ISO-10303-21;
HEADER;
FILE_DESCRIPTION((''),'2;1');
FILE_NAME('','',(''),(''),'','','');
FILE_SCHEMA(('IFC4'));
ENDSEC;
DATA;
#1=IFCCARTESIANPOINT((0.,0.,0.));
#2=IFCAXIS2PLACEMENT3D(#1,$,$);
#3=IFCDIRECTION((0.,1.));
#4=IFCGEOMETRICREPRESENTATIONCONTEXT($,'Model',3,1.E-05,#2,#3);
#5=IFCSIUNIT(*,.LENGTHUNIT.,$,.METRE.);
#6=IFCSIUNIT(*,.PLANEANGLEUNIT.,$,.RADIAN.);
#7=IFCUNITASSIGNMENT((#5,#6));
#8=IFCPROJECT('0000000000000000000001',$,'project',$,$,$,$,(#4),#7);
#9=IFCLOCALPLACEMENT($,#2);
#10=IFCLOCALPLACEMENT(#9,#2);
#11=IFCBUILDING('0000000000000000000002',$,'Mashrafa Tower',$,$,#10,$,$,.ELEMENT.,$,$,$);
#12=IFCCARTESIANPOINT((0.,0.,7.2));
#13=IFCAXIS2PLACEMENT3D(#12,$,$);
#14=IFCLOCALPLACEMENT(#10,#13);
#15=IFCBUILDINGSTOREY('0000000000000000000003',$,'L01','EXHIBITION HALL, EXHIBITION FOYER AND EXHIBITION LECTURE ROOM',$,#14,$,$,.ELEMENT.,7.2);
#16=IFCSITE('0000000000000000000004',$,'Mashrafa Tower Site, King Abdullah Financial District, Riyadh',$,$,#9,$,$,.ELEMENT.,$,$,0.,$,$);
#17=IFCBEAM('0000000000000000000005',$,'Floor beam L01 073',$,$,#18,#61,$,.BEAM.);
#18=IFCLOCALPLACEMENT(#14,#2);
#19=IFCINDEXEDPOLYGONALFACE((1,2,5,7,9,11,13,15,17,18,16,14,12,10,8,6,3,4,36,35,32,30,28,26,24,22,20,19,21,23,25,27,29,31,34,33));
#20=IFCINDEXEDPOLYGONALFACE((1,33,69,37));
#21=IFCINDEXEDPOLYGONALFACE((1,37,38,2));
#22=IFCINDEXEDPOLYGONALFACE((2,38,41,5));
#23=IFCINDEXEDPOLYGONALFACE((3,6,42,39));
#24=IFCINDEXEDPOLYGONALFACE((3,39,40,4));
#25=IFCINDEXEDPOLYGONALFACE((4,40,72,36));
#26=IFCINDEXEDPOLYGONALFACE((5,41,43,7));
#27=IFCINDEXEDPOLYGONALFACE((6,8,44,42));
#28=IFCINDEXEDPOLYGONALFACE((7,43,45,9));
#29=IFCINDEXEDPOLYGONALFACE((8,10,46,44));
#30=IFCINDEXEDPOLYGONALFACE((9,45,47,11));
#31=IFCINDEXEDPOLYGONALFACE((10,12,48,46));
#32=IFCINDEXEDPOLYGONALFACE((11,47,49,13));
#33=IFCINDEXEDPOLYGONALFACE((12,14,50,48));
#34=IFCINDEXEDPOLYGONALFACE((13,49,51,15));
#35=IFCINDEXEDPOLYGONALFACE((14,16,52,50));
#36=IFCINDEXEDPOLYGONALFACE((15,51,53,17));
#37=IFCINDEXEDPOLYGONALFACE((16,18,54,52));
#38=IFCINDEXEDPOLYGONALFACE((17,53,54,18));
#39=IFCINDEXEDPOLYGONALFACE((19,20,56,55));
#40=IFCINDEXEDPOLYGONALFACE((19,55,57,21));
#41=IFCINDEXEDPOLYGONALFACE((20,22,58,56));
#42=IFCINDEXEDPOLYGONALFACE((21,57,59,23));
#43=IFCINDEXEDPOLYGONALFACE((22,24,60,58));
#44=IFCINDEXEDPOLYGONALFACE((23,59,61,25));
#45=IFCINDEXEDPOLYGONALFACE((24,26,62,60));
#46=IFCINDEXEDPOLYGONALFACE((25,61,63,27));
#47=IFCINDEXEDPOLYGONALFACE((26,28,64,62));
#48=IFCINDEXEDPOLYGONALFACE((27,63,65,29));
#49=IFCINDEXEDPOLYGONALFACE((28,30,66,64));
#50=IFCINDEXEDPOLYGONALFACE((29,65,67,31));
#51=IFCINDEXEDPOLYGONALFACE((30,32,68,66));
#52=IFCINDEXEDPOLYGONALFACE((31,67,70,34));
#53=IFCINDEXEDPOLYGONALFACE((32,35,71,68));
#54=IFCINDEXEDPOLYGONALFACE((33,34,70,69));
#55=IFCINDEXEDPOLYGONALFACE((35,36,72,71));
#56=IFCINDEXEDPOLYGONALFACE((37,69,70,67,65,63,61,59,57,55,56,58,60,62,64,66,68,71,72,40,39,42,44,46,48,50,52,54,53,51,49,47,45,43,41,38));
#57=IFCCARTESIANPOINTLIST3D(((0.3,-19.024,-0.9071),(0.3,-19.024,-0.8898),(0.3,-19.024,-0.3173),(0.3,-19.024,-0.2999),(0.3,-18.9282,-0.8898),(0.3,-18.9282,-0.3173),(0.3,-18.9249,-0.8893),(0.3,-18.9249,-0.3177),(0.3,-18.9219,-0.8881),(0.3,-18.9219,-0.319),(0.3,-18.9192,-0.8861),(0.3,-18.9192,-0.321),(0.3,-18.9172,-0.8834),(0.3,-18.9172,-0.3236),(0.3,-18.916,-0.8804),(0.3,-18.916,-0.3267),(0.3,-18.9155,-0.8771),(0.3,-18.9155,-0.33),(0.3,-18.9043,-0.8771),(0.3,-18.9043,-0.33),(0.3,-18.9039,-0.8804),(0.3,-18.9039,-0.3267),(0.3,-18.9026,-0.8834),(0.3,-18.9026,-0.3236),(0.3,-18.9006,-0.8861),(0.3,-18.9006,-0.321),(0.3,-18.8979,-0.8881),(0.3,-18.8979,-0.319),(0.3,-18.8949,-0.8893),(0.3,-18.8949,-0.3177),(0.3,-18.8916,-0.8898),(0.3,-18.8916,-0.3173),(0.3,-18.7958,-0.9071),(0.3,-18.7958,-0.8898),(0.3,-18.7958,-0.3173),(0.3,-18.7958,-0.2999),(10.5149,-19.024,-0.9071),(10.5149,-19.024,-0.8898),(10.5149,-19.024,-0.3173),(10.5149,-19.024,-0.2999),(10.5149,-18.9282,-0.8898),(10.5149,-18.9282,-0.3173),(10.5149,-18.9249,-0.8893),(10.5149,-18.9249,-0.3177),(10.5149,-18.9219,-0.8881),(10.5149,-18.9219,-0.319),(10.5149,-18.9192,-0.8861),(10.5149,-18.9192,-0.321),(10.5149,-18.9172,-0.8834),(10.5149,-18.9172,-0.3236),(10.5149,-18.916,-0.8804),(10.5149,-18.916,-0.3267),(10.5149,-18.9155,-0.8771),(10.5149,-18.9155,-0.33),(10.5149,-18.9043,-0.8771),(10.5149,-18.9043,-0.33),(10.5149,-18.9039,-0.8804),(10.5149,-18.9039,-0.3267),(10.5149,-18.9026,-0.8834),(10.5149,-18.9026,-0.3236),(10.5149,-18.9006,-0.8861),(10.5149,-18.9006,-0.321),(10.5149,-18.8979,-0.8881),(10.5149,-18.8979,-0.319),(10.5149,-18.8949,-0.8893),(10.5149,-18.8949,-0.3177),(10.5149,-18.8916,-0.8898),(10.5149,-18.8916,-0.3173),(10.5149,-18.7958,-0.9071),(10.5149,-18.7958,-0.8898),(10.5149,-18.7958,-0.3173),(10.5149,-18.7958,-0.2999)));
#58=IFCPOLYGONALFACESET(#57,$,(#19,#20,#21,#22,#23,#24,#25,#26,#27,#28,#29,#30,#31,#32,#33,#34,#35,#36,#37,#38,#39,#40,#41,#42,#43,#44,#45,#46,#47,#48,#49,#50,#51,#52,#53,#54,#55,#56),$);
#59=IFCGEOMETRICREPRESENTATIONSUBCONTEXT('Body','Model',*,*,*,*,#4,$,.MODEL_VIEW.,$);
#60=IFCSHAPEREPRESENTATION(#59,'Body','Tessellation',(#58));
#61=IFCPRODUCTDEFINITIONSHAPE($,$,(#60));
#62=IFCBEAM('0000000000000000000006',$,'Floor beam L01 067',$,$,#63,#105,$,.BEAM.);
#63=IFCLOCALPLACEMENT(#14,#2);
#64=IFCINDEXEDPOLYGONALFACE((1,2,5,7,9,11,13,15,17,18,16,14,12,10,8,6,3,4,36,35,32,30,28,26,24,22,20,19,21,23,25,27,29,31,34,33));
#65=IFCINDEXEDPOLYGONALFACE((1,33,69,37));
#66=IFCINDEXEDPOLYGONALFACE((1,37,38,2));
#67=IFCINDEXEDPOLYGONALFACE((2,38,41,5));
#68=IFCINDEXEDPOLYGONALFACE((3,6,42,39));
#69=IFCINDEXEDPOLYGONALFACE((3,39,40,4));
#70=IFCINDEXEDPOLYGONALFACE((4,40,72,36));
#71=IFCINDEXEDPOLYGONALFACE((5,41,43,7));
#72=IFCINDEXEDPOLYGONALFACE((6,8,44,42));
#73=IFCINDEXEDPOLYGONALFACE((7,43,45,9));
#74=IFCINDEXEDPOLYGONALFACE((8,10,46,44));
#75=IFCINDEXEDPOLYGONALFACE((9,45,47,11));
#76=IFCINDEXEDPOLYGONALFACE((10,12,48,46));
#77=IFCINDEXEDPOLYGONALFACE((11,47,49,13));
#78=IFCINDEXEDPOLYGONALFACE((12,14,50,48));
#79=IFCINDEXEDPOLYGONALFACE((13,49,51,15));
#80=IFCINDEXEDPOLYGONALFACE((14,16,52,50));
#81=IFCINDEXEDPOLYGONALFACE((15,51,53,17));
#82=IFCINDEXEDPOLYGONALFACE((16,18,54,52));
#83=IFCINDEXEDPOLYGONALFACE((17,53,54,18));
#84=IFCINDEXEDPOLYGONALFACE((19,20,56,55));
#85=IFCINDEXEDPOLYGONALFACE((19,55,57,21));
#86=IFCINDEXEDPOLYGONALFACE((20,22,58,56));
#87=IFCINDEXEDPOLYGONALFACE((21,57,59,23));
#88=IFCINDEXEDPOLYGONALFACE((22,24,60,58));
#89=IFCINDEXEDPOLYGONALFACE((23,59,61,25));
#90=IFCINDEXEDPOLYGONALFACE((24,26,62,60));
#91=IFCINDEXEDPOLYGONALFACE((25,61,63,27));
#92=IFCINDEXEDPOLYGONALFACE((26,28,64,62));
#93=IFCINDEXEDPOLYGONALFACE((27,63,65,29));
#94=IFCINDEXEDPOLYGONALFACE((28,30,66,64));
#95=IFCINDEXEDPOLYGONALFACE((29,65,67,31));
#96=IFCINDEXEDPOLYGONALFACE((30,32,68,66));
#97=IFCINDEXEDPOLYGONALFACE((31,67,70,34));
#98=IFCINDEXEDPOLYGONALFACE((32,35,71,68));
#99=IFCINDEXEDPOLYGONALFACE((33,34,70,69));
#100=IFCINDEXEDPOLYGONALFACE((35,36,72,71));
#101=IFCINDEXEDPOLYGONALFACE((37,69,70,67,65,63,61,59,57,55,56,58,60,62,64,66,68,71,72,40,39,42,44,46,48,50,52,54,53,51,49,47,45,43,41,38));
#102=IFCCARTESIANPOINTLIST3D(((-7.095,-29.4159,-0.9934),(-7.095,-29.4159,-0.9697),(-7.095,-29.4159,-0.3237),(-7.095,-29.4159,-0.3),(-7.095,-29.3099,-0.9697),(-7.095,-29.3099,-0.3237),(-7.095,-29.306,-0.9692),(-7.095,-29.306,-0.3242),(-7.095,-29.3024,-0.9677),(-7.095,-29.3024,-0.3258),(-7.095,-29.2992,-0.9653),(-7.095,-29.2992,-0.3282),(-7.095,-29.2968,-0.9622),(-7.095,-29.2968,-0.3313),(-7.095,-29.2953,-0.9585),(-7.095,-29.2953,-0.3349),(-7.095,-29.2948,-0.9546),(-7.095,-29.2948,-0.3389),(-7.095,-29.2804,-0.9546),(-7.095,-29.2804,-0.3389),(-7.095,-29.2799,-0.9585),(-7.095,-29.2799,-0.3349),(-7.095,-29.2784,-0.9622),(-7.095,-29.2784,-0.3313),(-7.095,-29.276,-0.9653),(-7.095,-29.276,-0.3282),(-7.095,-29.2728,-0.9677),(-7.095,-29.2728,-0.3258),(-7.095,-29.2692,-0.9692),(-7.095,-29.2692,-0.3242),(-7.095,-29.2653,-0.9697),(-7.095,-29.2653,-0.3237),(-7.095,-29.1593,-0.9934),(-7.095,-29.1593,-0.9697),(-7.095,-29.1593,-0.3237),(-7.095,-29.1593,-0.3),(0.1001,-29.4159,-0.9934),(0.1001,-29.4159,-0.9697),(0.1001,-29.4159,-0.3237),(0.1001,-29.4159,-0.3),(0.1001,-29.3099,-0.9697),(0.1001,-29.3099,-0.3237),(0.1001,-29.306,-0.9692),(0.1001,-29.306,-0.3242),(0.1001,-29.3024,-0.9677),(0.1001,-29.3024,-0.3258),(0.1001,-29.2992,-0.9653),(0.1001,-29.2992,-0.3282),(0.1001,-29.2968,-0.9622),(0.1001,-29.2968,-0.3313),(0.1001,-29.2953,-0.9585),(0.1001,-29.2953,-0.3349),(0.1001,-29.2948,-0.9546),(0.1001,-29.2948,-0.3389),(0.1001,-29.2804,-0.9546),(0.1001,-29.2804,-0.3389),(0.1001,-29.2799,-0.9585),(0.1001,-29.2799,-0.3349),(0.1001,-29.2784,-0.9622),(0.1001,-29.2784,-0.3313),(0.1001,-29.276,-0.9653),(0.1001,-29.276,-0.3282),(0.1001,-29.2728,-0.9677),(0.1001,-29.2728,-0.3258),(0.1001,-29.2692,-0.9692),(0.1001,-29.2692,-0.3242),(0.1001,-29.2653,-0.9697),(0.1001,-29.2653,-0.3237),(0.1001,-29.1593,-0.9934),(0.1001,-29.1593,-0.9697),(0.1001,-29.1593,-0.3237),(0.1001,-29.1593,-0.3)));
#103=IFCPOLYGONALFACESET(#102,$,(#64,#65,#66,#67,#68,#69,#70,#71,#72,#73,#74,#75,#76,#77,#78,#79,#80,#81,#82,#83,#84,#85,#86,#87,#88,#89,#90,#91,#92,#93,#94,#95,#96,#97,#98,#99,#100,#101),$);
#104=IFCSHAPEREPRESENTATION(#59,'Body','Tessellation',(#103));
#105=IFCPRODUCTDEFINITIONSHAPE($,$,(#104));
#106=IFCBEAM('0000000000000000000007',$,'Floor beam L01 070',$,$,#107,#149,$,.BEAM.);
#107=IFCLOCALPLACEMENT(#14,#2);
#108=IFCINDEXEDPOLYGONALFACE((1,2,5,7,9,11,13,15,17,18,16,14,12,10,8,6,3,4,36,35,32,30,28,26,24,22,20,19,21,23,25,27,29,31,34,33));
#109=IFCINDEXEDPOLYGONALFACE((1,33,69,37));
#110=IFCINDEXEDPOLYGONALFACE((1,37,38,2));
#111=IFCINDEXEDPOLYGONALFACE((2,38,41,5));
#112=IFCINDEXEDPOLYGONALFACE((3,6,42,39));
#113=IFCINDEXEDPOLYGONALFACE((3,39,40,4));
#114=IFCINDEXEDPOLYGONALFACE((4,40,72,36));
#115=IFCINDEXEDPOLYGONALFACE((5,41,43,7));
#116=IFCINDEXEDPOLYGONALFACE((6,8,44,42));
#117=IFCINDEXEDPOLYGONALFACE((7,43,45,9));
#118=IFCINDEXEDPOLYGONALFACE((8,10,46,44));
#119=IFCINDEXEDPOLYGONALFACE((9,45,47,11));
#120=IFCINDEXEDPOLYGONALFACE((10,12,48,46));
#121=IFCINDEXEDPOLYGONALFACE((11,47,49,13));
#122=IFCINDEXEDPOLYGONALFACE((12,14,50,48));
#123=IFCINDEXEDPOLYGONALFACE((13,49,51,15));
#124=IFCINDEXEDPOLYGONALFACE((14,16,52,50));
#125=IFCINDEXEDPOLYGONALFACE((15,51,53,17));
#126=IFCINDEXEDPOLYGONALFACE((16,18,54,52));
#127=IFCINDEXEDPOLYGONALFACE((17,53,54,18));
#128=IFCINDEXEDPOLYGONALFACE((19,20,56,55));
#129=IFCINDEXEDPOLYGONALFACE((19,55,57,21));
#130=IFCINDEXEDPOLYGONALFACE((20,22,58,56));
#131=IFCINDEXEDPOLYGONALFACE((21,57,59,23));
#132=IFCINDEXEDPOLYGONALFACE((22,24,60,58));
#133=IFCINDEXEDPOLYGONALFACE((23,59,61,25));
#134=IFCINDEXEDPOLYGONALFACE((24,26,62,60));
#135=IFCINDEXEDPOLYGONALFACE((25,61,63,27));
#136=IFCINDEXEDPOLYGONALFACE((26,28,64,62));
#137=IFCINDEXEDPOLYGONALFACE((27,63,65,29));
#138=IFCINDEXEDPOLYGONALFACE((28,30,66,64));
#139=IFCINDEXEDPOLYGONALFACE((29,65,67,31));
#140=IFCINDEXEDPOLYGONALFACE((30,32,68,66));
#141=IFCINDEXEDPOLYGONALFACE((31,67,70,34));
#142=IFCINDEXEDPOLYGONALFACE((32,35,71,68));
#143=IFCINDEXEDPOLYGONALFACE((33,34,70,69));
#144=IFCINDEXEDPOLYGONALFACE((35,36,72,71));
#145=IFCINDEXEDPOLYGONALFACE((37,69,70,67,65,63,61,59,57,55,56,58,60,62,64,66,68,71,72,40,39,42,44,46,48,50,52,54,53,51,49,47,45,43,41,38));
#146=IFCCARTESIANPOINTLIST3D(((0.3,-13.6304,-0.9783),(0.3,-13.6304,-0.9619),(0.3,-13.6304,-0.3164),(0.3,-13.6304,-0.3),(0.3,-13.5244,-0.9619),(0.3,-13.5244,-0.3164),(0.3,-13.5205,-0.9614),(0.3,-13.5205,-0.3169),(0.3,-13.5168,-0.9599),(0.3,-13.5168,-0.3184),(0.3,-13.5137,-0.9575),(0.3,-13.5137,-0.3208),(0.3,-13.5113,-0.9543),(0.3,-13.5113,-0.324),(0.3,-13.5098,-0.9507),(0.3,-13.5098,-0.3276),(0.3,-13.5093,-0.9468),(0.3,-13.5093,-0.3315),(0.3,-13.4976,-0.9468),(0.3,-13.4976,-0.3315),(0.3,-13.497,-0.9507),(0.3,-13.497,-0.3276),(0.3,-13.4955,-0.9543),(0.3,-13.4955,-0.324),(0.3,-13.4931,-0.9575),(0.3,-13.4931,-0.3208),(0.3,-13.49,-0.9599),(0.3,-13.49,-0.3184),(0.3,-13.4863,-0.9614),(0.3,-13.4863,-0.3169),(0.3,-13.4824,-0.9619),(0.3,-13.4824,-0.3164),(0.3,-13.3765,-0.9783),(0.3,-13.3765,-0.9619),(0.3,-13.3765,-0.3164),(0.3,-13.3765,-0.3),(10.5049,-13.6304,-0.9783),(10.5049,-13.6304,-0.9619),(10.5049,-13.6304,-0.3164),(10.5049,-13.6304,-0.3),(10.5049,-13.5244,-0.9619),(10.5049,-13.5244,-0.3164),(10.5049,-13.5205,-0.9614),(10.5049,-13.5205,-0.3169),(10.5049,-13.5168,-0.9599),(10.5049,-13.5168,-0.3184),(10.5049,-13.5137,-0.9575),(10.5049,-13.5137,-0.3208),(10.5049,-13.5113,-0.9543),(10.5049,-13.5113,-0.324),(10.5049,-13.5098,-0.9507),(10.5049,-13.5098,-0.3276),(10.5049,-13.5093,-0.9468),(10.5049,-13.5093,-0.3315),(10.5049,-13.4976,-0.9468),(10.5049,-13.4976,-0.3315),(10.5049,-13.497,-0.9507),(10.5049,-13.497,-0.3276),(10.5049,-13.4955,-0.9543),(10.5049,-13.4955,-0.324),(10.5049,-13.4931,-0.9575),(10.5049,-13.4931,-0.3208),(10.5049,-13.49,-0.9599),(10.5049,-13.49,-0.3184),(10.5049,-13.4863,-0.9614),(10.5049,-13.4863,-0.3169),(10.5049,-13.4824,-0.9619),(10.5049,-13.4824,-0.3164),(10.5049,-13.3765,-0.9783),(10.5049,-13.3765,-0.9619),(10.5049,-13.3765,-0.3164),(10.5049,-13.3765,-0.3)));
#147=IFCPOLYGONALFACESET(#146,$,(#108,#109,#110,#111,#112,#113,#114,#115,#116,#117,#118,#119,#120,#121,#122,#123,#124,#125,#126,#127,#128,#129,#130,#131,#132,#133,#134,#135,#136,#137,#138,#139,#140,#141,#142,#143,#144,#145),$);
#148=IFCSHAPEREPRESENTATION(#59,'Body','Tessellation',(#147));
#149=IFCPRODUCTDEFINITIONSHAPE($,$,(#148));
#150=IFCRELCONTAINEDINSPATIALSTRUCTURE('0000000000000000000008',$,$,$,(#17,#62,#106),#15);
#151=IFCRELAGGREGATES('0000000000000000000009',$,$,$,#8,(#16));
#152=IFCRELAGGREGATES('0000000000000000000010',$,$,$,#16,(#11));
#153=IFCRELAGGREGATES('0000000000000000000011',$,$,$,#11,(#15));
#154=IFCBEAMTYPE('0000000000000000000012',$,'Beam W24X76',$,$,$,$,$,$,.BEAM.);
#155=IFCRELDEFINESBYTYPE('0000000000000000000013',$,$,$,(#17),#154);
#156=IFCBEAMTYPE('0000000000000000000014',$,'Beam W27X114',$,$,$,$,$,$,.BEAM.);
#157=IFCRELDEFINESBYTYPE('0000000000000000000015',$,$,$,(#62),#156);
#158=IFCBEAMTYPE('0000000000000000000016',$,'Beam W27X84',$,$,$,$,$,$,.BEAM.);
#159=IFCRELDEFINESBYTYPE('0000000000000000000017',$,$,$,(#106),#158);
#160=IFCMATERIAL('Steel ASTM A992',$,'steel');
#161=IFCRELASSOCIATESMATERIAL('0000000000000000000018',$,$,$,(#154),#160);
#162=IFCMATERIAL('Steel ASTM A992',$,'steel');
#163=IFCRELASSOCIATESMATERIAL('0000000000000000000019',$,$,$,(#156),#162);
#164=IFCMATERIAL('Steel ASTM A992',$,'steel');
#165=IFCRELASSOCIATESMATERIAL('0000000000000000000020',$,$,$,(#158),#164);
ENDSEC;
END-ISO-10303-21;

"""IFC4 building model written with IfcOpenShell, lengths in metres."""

from ifc_helpers import new_model, si_unit, direction, frame, origin, origin_2d, place, context, subcontext, project, spatial, i_section, extrude, material, material_profile, profile_set, type_object, element, save


model = new_model("IFC4")

# Units and contexts
model_context = context("Model", 3, precision=1e-05, world=origin(), true_north=direction((0.0, 1.0)))
body_context = subcontext(model_context, "Body", "Model", "MODEL_VIEW")
ifc_project = project(units=[si_unit("LENGTHUNIT", "METRE"), si_unit("PLANEANGLEUNIT", "RADIAN")], contexts=[model_context])

# Site, building, storey
site_placement = place(None, origin())
site = spatial("IfcSite", under=ifc_project, at=site_placement, Name="Mashrafa Tower Site, King Abdullah Financial District, Riyadh", CompositionType="ELEMENT", RefElevation=0.0)
building_placement = place(site_placement, origin())
building = spatial("IfcBuilding", under=site, at=building_placement, Name="Mashrafa Tower", CompositionType="ELEMENT")
storey_placement = place(building_placement, frame((0.0, 0.0, 7.2)))
storey = spatial("IfcBuildingStorey", under=building, at=storey_placement, Name="L01", Description="EXHIBITION HALL, EXHIBITION FOYER AND EXHIBITION LECTURE ROOM", CompositionType="ELEMENT", Elevation=7.2)

# Beams
ifc_material_1 = material(Name="Steel ASTM A992", Category="steel")
ifc_material_profile_1 = material_profile(ifc_material_1, i_section(OverallWidth=0.2283, OverallDepth=0.6072, WebThickness=0.0112, FlangeThickness=0.0173, FilletRadius=0.0127, at=origin_2d()), Name="W24X76")
ifc_profile_set_1 = profile_set([ifc_material_profile_1], Name="Steel ASTM A992")
beam_type_1 = type_object("IfcBeamType", Name="Beam W24X76", PredefinedType="BEAM", material=ifc_profile_set_1)
beam_1_placement = place(storey_placement, frame((10.5149, -18.9099, -0.6035), z_axis=(-1.0, 0.0, 0.0), x_axis=(0.0, -1.0, 0.0)))
element("IfcBeam", 1, at=beam_1_placement, inside=storey, type_object=beam_type_1, Name="Floor beam L01 073", PredefinedType="BEAM", context=body_context, shape_type="SweptSolid", body=[
    extrude(i_section(OverallWidth=0.2283, OverallDepth=0.6072, WebThickness=0.0112, FlangeThickness=0.0173, FilletRadius=0.0127, at=origin_2d()), origin(), (0.0, 0.0, 1.0), 10.2148),
])
ifc_material_2 = material(Name="Steel ASTM A992", Category="steel")
ifc_material_profile_2 = material_profile(ifc_material_2, i_section(OverallWidth=0.2566, OverallDepth=0.6934, WebThickness=0.0144, FlangeThickness=0.0237, FilletRadius=0.0151, at=origin_2d()), Name="W27X114")
ifc_profile_set_2 = profile_set([ifc_material_profile_2], Name="Steel ASTM A992")
beam_type_2 = type_object("IfcBeamType", Name="Beam W27X114", PredefinedType="BEAM", material=ifc_profile_set_2)
beam_2_placement = place(storey_placement, frame((0.1001, -29.2876, -0.6467), z_axis=(-1.0, 0.0, 0.0), x_axis=(0.0, -1.0, 0.0)))
element("IfcBeam", 2, at=beam_2_placement, inside=storey, type_object=beam_type_2, Name="Floor beam L01 067", PredefinedType="BEAM", context=body_context, shape_type="SweptSolid", body=[
    extrude(i_section(OverallWidth=0.2566, OverallDepth=0.6934, WebThickness=0.0144, FlangeThickness=0.0237, FilletRadius=0.0151, at=origin_2d()), origin(), (0.0, 0.0, 1.0), 7.1951),
])
ifc_material_3 = material(Name="Steel ASTM A992", Category="steel")
ifc_material_profile_3 = material_profile(ifc_material_3, i_section(OverallWidth=0.2539, OverallDepth=0.6782, WebThickness=0.0117, FlangeThickness=0.0164, FilletRadius=0.0151, at=origin_2d()), Name="W27X84")
ifc_profile_set_3 = profile_set([ifc_material_profile_3], Name="Steel ASTM A992")
beam_type_3 = type_object("IfcBeamType", Name="Beam W27X84", PredefinedType="BEAM", material=ifc_profile_set_3)
beam_3_placement = place(storey_placement, frame((10.5049, -13.5034, -0.6392), z_axis=(-1.0, 0.0, 0.0), x_axis=(0.0, -1.0, 0.0)))
element("IfcBeam", 3, at=beam_3_placement, inside=storey, type_object=beam_type_3, Name="Floor beam L01 070", PredefinedType="BEAM", context=body_context, shape_type="SweptSolid", body=[
    extrude(i_section(OverallWidth=0.2539, OverallDepth=0.6782, WebThickness=0.0117, FlangeThickness=0.0164, FilletRadius=0.0151, at=origin_2d()), origin(), (0.0, 0.0, 1.0), 10.2048),
])

save(model, "model.ifc")
